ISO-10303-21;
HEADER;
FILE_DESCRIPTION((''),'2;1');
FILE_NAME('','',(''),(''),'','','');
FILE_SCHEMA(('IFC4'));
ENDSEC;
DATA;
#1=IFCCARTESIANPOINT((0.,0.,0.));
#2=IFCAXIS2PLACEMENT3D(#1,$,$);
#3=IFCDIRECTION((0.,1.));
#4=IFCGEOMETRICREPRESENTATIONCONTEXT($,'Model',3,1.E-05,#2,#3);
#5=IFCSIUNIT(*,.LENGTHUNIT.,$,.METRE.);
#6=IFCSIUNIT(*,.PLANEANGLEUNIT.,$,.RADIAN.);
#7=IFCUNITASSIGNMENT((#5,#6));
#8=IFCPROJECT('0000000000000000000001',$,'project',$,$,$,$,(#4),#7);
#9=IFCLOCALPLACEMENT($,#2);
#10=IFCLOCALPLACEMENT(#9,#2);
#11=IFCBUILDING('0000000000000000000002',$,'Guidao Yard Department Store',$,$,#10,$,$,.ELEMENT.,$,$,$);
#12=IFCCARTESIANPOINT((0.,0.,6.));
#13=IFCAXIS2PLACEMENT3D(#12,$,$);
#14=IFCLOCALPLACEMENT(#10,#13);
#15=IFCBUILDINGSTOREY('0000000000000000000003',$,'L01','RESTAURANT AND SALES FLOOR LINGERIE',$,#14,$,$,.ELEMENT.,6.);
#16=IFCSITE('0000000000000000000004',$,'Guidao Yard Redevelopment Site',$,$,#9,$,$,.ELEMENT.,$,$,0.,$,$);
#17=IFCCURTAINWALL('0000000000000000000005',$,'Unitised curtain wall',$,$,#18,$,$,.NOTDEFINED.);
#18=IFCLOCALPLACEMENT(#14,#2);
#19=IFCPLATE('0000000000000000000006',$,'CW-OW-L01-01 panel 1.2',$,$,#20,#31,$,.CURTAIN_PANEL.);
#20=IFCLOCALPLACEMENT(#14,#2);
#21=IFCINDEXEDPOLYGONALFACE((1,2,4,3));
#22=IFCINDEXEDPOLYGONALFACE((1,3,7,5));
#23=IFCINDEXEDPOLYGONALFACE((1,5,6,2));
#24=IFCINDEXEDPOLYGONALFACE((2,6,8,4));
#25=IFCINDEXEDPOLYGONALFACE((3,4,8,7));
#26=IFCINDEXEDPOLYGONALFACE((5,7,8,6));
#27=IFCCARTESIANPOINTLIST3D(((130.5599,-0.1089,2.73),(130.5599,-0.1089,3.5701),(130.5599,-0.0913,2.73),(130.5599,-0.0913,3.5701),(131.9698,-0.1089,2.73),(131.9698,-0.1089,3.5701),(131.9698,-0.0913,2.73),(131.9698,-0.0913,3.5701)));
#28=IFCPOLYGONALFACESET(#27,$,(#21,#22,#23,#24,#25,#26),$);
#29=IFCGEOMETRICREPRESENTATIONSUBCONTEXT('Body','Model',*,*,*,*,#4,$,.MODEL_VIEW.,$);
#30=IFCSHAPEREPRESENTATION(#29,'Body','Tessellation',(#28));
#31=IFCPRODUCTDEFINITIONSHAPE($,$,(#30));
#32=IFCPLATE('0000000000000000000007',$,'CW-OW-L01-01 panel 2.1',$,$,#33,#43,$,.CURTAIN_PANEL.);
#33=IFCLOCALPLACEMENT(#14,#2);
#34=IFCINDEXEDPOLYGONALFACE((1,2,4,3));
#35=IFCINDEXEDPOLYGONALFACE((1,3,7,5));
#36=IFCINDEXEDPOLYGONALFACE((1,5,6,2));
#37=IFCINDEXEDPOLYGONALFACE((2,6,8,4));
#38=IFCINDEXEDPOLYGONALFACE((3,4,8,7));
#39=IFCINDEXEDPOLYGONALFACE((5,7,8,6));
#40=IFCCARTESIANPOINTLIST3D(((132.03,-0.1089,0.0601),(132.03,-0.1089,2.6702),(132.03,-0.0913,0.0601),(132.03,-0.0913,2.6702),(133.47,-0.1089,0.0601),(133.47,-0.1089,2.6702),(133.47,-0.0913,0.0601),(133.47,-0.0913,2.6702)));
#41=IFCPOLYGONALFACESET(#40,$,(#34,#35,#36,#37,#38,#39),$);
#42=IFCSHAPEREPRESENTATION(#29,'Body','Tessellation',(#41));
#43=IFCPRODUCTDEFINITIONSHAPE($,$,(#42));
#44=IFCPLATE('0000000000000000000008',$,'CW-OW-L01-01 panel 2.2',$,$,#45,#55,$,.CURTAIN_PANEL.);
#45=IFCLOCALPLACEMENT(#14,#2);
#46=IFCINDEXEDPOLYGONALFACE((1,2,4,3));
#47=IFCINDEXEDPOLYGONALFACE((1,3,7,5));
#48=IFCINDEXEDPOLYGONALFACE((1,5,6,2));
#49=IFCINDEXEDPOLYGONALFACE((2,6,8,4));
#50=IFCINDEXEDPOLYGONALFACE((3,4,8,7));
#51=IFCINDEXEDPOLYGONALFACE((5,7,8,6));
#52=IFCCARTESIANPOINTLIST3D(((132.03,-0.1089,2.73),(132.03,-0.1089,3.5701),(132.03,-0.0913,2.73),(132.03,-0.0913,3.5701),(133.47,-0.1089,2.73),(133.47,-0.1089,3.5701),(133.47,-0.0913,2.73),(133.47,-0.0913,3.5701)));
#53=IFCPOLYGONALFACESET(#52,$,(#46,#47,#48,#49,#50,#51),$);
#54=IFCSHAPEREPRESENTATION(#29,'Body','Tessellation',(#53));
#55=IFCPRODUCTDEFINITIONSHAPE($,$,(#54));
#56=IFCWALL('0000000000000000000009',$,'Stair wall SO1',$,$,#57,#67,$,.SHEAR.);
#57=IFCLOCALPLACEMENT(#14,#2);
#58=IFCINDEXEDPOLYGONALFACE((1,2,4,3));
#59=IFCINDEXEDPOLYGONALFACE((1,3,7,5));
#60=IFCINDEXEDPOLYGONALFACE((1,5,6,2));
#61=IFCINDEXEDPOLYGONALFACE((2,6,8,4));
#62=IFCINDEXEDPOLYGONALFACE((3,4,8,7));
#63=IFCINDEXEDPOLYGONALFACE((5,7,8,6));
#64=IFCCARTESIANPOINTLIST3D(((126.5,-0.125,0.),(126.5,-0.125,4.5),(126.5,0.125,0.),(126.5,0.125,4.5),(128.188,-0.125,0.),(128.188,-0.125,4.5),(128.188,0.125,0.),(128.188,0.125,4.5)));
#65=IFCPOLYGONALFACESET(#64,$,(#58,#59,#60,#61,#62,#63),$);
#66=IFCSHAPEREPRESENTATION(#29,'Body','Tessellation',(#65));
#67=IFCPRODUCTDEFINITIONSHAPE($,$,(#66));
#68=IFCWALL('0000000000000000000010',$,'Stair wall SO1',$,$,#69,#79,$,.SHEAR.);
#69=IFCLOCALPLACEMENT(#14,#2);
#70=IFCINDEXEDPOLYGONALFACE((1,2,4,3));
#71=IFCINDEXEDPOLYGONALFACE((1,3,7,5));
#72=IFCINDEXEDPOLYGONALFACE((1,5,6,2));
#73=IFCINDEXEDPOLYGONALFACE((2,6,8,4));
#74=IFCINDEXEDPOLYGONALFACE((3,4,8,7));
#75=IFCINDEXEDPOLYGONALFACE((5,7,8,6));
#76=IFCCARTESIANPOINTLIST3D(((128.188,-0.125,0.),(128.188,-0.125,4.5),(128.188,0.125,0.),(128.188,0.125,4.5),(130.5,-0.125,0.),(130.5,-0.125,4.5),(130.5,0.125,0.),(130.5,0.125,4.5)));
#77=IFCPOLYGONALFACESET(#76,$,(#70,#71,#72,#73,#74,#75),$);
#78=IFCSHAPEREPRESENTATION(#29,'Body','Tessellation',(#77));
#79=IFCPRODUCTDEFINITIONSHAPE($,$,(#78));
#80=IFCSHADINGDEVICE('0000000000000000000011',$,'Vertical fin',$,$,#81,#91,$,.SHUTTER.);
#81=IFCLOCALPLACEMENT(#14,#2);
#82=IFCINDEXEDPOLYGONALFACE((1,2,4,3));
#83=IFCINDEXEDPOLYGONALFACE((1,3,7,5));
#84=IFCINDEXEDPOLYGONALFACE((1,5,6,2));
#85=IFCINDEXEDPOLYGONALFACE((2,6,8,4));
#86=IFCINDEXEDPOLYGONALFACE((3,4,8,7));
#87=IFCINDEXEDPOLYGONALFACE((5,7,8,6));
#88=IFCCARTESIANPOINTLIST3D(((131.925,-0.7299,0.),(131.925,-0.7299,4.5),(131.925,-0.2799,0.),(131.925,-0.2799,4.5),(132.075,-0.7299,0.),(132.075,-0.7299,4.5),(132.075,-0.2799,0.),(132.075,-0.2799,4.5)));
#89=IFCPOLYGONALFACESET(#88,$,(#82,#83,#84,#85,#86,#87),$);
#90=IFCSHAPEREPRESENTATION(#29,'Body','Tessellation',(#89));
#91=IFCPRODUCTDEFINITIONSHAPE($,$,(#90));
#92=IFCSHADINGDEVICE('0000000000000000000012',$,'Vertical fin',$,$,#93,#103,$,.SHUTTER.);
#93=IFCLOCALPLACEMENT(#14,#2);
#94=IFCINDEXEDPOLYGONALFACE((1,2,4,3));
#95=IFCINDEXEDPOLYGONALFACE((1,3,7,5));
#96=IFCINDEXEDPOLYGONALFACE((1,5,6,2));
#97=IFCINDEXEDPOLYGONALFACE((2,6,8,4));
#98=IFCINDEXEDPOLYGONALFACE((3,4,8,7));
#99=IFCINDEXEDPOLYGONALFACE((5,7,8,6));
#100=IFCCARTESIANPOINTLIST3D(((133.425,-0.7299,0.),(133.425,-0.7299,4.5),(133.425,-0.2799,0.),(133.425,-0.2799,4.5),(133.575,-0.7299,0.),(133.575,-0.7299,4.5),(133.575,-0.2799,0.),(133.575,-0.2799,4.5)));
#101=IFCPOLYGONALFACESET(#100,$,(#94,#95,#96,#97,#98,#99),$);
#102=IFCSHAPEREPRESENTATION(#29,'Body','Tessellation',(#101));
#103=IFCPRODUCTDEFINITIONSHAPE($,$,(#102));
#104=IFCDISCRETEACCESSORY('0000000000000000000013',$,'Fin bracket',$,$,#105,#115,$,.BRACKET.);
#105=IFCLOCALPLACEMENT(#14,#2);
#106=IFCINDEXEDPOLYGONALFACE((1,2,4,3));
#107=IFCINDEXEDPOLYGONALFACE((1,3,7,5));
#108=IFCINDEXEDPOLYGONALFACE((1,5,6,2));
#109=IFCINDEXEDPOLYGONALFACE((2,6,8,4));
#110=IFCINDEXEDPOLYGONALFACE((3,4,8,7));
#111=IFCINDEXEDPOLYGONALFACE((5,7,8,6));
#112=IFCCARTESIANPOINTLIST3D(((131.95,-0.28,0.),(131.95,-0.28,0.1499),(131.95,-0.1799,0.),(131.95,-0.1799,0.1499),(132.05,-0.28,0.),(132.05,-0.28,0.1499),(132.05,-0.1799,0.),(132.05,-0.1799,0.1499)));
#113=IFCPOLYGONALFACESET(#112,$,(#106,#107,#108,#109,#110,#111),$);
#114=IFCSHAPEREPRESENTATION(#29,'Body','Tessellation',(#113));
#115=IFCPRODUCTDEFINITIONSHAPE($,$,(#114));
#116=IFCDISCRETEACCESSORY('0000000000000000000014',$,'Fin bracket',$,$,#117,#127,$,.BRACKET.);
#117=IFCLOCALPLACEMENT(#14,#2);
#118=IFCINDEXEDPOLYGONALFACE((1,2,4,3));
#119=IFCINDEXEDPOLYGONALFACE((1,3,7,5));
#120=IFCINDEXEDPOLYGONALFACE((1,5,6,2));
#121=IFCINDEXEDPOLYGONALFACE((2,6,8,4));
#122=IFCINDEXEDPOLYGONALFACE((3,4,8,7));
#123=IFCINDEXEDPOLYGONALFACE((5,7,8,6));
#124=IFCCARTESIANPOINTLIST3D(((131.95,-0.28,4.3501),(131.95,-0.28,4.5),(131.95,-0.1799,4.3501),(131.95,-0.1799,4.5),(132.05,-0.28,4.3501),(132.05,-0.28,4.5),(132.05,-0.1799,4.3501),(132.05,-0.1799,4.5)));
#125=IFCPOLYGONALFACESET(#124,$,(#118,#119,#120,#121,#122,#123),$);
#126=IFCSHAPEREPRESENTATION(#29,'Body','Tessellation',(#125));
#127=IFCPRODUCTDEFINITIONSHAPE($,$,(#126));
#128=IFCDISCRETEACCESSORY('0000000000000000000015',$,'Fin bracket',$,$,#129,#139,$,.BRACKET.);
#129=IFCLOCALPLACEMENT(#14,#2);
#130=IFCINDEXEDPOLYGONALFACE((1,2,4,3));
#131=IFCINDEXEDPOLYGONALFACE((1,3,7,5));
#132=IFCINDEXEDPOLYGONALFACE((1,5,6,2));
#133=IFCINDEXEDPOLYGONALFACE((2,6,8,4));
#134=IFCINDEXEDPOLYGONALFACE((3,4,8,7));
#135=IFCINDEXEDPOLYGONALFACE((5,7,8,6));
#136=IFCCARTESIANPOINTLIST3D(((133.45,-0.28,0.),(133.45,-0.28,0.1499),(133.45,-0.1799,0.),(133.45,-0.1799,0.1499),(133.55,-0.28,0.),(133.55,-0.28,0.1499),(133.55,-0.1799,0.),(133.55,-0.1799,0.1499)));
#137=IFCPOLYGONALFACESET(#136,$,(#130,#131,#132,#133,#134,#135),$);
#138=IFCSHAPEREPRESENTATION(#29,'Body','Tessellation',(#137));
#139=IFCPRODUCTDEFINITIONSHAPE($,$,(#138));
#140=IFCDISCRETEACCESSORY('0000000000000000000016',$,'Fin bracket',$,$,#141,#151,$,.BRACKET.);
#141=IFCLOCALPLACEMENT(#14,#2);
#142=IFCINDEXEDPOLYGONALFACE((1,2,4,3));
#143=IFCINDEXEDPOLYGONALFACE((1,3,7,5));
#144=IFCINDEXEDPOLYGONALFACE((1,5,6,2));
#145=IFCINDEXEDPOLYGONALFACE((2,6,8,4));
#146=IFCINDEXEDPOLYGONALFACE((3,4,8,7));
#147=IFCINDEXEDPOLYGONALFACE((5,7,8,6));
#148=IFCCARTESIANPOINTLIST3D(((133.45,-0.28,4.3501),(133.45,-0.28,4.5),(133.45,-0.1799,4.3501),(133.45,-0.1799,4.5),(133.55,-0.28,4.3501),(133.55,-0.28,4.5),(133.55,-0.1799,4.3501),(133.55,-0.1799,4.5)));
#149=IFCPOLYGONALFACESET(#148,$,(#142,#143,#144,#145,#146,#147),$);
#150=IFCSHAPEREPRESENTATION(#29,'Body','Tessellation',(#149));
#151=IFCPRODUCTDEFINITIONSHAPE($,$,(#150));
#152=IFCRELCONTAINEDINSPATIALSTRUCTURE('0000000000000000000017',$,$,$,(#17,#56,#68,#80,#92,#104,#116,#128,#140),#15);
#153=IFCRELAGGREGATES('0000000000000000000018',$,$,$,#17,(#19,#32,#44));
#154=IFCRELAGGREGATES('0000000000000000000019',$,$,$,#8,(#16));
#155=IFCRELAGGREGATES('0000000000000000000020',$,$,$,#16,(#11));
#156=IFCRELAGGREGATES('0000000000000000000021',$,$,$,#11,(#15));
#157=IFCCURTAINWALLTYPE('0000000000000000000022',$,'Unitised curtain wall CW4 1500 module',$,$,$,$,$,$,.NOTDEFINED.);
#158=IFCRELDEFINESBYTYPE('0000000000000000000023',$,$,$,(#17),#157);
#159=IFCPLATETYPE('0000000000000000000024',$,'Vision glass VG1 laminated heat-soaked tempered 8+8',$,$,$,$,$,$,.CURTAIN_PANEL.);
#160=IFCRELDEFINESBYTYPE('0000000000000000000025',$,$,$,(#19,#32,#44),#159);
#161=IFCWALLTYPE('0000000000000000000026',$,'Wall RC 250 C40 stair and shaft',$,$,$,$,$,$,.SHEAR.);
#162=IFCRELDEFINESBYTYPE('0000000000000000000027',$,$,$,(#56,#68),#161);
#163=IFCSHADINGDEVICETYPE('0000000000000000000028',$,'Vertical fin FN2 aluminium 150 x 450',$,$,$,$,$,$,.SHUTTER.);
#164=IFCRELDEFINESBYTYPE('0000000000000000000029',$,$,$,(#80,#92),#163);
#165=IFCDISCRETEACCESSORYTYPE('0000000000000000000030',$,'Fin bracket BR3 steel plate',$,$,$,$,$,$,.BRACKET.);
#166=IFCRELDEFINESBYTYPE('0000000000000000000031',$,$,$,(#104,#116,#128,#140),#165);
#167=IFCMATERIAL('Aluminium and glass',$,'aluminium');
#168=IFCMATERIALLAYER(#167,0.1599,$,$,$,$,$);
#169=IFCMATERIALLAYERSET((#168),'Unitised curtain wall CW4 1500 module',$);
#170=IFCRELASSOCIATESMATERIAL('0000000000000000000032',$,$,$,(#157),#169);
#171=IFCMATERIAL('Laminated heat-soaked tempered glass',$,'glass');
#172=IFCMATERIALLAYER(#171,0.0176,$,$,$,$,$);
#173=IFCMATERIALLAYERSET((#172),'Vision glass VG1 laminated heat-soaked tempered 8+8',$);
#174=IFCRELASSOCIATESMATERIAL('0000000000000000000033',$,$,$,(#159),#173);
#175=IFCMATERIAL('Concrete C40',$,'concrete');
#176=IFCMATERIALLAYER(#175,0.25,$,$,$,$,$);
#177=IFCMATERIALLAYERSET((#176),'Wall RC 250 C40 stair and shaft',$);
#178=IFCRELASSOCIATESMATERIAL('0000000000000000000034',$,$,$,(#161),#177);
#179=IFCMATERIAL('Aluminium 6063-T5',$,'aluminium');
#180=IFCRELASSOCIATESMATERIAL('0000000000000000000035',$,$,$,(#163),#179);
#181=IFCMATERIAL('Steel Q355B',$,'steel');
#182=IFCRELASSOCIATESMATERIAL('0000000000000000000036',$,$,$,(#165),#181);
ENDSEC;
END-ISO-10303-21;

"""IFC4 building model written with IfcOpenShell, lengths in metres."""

from ifc_helpers import new_model, si_unit, direction, frame, frame_2d, origin, origin_2d, place, context, subcontext, project, spatial, rectangle, extrude, material, layer, layer_set, type_object, element, aggregate, save


model = new_model("IFC4")

# Units and contexts
model_context = context("Model", 3, precision=1e-05, world=origin(), true_north=direction((0.0, 1.0)))
body_context = subcontext(model_context, "Body", "Model", "MODEL_VIEW")
ifc_project = project(units=[si_unit("LENGTHUNIT", "METRE"), si_unit("PLANEANGLEUNIT", "RADIAN")], contexts=[model_context])

# Site, building, storey
site_placement = place(None, origin())
site = spatial("IfcSite", under=ifc_project, at=site_placement, Name="Guidao Yard Redevelopment Site", CompositionType="ELEMENT", RefElevation=0.0)
building_placement = place(site_placement, origin())
building = spatial("IfcBuilding", under=site, at=building_placement, Name="Guidao Yard Department Store", CompositionType="ELEMENT")
storey_placement = place(building_placement, frame((0.0, 0.0, 6.0)))
storey = spatial("IfcBuildingStorey", under=building, at=storey_placement, Name="L01", Description="RESTAURANT AND SALES FLOOR LINGERIE", CompositionType="ELEMENT", Elevation=6.0)

# Curtain wall, plates
ifc_material_1 = material(Name="Aluminium and glass", Category="aluminium")
ifc_layer_1 = layer(ifc_material_1, 0.1599)
ifc_layer_set_1 = layer_set([ifc_layer_1], Name="Unitised curtain wall CW4 1500 module")
curtain_wall_type = type_object("IfcCurtainWallType", Name="Unitised curtain wall CW4 1500 module", PredefinedType="NOTDEFINED", material=ifc_layer_set_1)
curtain_wall_placement = place(storey_placement, origin())
curtain_wall = element("IfcCurtainWall", 1, at=curtain_wall_placement, inside=storey, type_object=curtain_wall_type, Name="Unitised curtain wall", PredefinedType="NOTDEFINED")
ifc_material_2 = material(Name="Laminated heat-soaked tempered glass", Category="glass")
ifc_layer_2 = layer(ifc_material_2, 0.0176)
ifc_layer_set_2 = layer_set([ifc_layer_2], Name="Vision glass VG1 laminated heat-soaked tempered 8+8")
plate_type_1 = type_object("IfcPlateType", Name="Vision glass VG1 laminated heat-soaked tempered 8+8", PredefinedType="CURTAIN_PANEL", material=ifc_layer_set_2)
plate_1_placement = place(storey_placement, frame((131.2649, -0.1001, 2.73), z_axis=(0.0, 0.0, 1.0), x_axis=(-1.0, 0.0, 0.0)))
plate_1 = element("IfcPlate", 2, at=plate_1_placement, type_object=plate_type_1, Name="CW-OW-L01-01 panel 1.2", PredefinedType="CURTAIN_PANEL", context=body_context, shape_type="SweptSolid", body=[
    extrude(rectangle(XDim=1.4099, YDim=0.0176, at=origin_2d()), origin(), (0.0, 0.0, 1.0), 0.8401),
])
plate_2_placement = place(storey_placement, frame((132.75, -0.1001, 0.0601), z_axis=(0.0, 0.0, 1.0), x_axis=(-1.0, 0.0, 0.0)))
plate_2 = element("IfcPlate", 3, at=plate_2_placement, type_object=plate_type_1, Name="CW-OW-L01-01 panel 2.1", PredefinedType="CURTAIN_PANEL", context=body_context, shape_type="SweptSolid", body=[
    extrude(rectangle(XDim=1.4399, YDim=0.0176, at=origin_2d()), origin(), (0.0, 0.0, 1.0), 2.6101),
])
plate_3_placement = place(storey_placement, frame((132.75, -0.1001, 2.73), z_axis=(0.0, 0.0, 1.0), x_axis=(-1.0, 0.0, 0.0)))
plate_3 = element("IfcPlate", 4, at=plate_3_placement, type_object=plate_type_1, Name="CW-OW-L01-01 panel 2.2", PredefinedType="CURTAIN_PANEL", context=body_context, shape_type="SweptSolid", body=[
    extrude(rectangle(XDim=1.4399, YDim=0.0176, at=origin_2d()), origin(), (0.0, 0.0, 1.0), 0.8401),
])
aggregate(curtain_wall, [plate_1, plate_2, plate_3])

# Walls
ifc_material_3 = material(Name="Concrete C40", Category="concrete")
ifc_layer_3 = layer(ifc_material_3, 0.25)
ifc_layer_set_3 = layer_set([ifc_layer_3], Name="Wall RC 250 C40 stair and shaft")
wall_type = type_object("IfcWallType", Name="Wall RC 250 C40 stair and shaft", PredefinedType="SHEAR", material=ifc_layer_set_3)
wall_1_placement = place(storey_placement, frame((126.5, 0.0, 0.0), z_axis=(0.0, 0.0, 1.0), x_axis=(1.0, 0.0, 0.0)))
element("IfcWall", 5, at=wall_1_placement, inside=storey, type_object=wall_type, Name="Stair wall SO1", PredefinedType="SHEAR", context=body_context, shape_type="SweptSolid", body=[
    extrude(rectangle(XDim=1.688, YDim=0.25, at=frame_2d((0.844, 0.0))), origin(), (0.0, 0.0, 1.0), 4.5),
])
wall_2_placement = place(storey_placement, frame((128.188, 0.0, 0.0), z_axis=(0.0, 0.0, 1.0), x_axis=(1.0, 0.0, 0.0)))
element("IfcWall", 6, at=wall_2_placement, inside=storey, type_object=wall_type, Name="Stair wall SO1", PredefinedType="SHEAR", context=body_context, shape_type="SweptSolid", body=[
    extrude(rectangle(XDim=2.312, YDim=0.25, at=frame_2d((1.156, 0.0))), origin(), (0.0, 0.0, 1.0), 4.5),
])

# Shading devices
ifc_material_4 = material(Name="Aluminium 6063-T5", Category="aluminium")
shading_device_type = type_object("IfcShadingDeviceType", Name="Vertical fin FN2 aluminium 150 x 450", PredefinedType="SHUTTER", material=ifc_material_4)
for number, where, z_axis, x_axis, name in (
    (7, (132.0, -0.5049, 0.0), (0.0, 0.0, 1.0), (-1.0, 0.0, 0.0), "Vertical fin"),
    (8, (133.5, -0.5049, 0.0), (0.0, 0.0, 1.0), (-1.0, 0.0, 0.0), "Vertical fin"),
):
    element("IfcShadingDevice", number, at=place(storey_placement, frame(where, z_axis=z_axis, x_axis=x_axis)), inside=storey, type_object=shading_device_type, Name=name, PredefinedType="SHUTTER", context=body_context, shape_type="SweptSolid", body=[
        extrude(rectangle(XDim=0.1499, YDim=0.45, at=origin_2d()), origin(), (0.0, 0.0, 1.0), 4.5),
    ])

# Discrete accessories
ifc_material_5 = material(Name="Steel Q355B", Category="steel")
discrete_accessory_type = type_object("IfcDiscreteAccessoryType", Name="Fin bracket BR3 steel plate", PredefinedType="BRACKET", material=ifc_material_5)
for number, where, z_axis, x_axis, name in (
    (9, (132.0, -0.23, 0.0), (0.0, 0.0, 1.0), (-1.0, 0.0, 0.0), "Fin bracket"),
    (10, (132.0, -0.23, 4.3501), (0.0, 0.0, 1.0), (-1.0, 0.0, 0.0), "Fin bracket"),
    (11, (133.5, -0.23, 0.0), (0.0, 0.0, 1.0), (-1.0, 0.0, 0.0), "Fin bracket"),
    (12, (133.5, -0.23, 4.3501), (0.0, 0.0, 1.0), (-1.0, 0.0, 0.0), "Fin bracket"),
):
    element("IfcDiscreteAccessory", number, at=place(storey_placement, frame(where, z_axis=z_axis, x_axis=x_axis)), inside=storey, type_object=discrete_accessory_type, Name=name, PredefinedType="BRACKET", context=body_context, shape_type="SweptSolid", body=[
        extrude(rectangle(XDim=0.1001, YDim=0.1001, at=origin_2d()), origin(), (0.0, 0.0, 1.0), 0.1499),
    ])

save(model, "model.ifc")
